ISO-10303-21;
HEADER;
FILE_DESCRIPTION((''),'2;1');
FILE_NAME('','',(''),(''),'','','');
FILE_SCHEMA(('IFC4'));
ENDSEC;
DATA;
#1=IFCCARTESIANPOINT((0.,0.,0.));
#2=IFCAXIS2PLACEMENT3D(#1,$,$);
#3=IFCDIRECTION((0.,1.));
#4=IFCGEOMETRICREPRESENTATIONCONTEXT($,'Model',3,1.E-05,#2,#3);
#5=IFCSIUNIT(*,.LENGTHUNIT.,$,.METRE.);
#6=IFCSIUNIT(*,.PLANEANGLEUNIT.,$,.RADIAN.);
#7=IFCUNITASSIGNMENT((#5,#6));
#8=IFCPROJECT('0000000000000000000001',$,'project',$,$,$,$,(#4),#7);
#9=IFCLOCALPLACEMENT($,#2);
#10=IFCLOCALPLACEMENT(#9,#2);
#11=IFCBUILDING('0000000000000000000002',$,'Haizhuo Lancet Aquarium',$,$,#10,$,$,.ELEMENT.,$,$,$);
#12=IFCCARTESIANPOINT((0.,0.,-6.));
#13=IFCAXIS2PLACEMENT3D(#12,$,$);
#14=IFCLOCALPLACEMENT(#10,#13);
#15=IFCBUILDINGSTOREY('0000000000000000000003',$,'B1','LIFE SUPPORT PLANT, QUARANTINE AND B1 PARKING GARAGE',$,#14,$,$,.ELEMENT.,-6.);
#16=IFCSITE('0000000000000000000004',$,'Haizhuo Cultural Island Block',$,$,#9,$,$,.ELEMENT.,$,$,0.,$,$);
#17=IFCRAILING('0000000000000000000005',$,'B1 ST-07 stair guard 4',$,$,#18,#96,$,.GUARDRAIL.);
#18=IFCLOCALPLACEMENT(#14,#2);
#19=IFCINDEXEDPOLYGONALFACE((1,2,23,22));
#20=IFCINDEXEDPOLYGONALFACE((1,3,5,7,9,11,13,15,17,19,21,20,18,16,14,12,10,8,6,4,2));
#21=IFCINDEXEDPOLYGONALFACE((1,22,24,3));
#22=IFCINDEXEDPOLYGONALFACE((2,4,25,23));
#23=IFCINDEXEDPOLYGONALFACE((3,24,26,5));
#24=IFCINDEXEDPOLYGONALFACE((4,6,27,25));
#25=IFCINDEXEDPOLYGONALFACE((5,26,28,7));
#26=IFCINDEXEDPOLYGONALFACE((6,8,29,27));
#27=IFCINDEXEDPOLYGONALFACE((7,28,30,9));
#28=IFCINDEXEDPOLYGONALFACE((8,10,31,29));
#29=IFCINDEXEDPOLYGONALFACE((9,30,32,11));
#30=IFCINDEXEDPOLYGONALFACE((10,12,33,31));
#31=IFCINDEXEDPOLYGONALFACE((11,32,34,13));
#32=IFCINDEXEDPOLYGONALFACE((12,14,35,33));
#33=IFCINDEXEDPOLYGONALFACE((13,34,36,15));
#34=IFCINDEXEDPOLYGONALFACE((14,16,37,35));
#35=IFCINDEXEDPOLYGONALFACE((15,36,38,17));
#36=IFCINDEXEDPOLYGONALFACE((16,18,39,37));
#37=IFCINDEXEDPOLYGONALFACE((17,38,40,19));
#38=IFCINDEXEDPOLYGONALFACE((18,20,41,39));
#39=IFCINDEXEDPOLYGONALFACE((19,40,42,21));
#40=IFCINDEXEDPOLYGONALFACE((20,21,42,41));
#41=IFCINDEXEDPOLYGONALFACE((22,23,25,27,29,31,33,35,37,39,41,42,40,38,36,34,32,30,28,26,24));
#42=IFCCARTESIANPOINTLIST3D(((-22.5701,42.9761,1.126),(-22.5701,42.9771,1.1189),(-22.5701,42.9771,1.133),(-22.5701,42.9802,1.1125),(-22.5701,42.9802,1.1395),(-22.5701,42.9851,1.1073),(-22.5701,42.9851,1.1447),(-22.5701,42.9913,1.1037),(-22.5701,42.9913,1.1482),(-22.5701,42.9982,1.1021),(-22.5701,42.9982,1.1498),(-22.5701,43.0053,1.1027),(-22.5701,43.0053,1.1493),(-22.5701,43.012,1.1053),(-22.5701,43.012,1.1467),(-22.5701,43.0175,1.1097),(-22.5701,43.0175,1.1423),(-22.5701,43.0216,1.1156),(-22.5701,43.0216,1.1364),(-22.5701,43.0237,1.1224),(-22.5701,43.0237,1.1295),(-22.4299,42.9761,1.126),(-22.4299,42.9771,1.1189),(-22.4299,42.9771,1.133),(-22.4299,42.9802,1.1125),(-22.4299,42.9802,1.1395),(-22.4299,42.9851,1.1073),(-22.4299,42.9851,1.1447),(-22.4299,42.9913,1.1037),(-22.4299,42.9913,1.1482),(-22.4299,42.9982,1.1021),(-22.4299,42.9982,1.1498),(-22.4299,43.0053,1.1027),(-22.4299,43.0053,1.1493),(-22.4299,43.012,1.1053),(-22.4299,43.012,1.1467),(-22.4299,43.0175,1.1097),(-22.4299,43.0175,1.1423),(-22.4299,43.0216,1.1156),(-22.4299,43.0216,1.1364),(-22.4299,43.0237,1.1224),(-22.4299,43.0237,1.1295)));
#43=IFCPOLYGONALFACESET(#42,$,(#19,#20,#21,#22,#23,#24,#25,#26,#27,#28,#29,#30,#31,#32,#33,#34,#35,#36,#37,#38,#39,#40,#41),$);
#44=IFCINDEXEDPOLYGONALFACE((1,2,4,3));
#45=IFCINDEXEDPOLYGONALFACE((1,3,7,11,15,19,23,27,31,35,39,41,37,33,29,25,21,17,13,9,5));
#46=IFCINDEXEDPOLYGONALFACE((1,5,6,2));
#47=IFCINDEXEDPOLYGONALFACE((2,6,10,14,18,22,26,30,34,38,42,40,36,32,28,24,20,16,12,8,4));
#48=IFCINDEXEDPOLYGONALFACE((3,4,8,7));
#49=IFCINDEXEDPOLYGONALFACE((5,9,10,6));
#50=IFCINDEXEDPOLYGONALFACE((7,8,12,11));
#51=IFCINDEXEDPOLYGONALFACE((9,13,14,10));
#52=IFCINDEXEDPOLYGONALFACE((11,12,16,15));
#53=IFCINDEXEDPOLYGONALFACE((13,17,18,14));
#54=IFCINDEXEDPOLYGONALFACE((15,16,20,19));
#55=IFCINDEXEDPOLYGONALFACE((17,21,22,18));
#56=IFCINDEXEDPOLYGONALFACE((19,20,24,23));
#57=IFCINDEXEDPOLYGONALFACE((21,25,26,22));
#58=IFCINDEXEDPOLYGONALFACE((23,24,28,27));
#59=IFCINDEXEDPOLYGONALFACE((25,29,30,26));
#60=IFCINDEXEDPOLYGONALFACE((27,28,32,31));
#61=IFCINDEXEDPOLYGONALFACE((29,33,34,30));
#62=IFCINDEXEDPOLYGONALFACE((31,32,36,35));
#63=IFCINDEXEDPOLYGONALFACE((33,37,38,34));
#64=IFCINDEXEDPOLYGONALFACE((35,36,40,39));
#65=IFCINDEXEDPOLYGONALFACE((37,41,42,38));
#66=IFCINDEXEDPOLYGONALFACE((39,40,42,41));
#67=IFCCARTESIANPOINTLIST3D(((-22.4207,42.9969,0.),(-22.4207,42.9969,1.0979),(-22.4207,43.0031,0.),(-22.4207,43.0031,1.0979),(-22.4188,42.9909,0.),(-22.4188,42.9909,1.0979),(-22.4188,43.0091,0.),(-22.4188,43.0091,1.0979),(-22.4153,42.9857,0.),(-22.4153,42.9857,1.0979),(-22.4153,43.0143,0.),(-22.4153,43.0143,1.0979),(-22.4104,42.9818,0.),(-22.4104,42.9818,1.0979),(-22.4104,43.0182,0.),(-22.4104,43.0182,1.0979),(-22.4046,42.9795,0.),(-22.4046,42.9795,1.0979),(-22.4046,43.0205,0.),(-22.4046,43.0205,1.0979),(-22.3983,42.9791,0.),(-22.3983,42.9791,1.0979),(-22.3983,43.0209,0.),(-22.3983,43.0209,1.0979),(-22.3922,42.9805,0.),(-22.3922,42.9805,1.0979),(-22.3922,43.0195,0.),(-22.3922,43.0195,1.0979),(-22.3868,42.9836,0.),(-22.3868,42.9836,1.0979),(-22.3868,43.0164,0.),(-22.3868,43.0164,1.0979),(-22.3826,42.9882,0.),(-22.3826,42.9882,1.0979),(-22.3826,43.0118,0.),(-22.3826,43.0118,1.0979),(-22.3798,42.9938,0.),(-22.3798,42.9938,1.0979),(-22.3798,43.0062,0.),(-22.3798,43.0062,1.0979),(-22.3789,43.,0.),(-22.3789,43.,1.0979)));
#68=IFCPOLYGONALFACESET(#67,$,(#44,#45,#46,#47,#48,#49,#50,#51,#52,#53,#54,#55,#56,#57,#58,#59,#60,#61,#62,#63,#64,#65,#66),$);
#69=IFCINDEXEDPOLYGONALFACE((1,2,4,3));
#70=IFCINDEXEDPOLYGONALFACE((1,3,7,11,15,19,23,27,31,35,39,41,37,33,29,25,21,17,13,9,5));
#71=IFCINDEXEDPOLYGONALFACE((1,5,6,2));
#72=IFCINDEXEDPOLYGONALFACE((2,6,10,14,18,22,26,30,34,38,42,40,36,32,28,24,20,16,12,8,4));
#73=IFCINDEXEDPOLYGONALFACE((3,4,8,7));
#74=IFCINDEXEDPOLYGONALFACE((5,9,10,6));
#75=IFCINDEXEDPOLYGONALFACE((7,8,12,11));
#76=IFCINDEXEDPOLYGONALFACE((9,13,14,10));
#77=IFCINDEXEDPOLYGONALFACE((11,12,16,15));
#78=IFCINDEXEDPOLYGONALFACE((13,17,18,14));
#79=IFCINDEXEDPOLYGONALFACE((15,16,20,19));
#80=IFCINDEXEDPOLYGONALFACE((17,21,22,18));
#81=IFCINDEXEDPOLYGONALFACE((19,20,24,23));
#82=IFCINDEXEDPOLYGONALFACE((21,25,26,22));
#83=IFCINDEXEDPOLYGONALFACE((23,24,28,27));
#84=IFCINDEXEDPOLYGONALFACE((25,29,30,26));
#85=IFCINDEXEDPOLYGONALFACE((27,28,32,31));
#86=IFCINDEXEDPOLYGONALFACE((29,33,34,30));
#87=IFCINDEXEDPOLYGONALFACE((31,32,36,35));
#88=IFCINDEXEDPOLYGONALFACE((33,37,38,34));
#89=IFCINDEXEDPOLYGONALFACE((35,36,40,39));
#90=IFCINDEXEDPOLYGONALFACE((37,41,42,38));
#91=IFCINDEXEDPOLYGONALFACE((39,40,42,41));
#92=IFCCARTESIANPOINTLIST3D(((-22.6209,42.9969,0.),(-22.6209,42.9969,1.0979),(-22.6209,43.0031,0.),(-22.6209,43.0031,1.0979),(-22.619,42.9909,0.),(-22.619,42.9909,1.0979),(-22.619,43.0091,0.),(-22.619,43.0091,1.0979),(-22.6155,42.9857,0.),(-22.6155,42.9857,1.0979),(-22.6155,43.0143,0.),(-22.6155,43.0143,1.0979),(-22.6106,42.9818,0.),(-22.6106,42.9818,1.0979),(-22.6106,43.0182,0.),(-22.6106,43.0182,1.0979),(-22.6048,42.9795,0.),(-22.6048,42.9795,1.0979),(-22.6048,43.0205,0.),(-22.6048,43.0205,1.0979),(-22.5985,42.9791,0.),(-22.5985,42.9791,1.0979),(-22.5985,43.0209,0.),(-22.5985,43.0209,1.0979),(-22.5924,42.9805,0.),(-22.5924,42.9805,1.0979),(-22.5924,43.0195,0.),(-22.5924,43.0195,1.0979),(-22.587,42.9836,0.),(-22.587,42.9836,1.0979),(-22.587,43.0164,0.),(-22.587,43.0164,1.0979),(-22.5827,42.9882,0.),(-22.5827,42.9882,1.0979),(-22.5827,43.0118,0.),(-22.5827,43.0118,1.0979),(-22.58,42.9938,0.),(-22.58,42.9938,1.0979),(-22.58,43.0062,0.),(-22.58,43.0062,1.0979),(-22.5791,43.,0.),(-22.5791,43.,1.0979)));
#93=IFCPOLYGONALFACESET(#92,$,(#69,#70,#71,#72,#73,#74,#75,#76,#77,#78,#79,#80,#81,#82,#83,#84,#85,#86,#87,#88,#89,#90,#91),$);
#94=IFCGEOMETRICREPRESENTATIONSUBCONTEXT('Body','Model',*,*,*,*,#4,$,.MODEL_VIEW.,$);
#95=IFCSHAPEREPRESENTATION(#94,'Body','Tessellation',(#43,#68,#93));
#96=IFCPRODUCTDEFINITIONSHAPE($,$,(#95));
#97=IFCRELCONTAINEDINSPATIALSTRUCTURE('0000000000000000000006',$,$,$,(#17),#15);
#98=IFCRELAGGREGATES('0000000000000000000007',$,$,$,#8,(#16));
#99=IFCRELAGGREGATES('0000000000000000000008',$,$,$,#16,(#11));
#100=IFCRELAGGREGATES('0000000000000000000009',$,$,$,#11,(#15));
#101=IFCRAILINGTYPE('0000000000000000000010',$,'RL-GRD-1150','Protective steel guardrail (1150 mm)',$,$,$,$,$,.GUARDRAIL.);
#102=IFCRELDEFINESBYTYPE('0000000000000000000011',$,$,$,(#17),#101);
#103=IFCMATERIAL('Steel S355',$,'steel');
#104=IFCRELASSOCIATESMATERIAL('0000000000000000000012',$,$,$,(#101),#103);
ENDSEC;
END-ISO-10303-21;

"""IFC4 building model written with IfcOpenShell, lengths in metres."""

from ifc_helpers import new_model, si_unit, direction, frame, origin, origin_2d, place, context, subcontext, project, spatial, circle, extrude, material, type_object, element, save


model = new_model("IFC4")

# Units and contexts
model_context = context("Model", 3, precision=1e-05, world=origin(), true_north=direction((0.0, 1.0)))
body_context = subcontext(model_context, "Body", "Model", "MODEL_VIEW")
ifc_project = project(units=[si_unit("LENGTHUNIT", "METRE"), si_unit("PLANEANGLEUNIT", "RADIAN")], contexts=[model_context])

# Site, building, storey
site_placement = place(None, origin())
site = spatial("IfcSite", under=ifc_project, at=site_placement, Name="Haizhuo Cultural Island Block", CompositionType="ELEMENT", RefElevation=0.0)
building_placement = place(site_placement, origin())
building = spatial("IfcBuilding", under=site, at=building_placement, Name="Haizhuo Lancet Aquarium", CompositionType="ELEMENT")
storey_placement = place(building_placement, frame((0.0, 0.0, -6.0)))
storey = spatial("IfcBuildingStorey", under=building, at=storey_placement, Name="B1", Description="LIFE SUPPORT PLANT, QUARANTINE AND B1 PARKING GARAGE", CompositionType="ELEMENT", Elevation=-6.0)

# Shared definitions
ifc_material_1 = material(Name="Steel S355", Category="steel")

# Railing
railing_type_1 = type_object("IfcRailingType", Name="RL-GRD-1150", Description="Protective steel guardrail (1150 mm)", PredefinedType="GUARDRAIL", material=ifc_material_1)
railing_1_placement = place(storey_placement, frame((-22.3999, 43.0, 0.0)))
element("IfcRailing", 1, at=railing_1_placement, inside=storey, type_object=railing_type_1, Name="B1 ST-07 stair guard 4", PredefinedType="GUARDRAIL", context=body_context, shape_type="SweptSolid", body=[
    extrude(circle(Radius=0.0239, at=origin_2d()), frame((-0.03, 0.0, 1.126), z_axis=(-1.0, 0.0, 0.0), x_axis=(0.0, -1.0, 0.0)), (0.0, 0.0, 1.0), 0.1401),
    extrude(circle(Radius=0.021, at=origin_2d()), origin(), (0.0, 0.0, 1.0), 1.0979),
    extrude(circle(Radius=0.021, at=origin_2d()), frame((-0.2002, 0.0, 0.0)), (0.0, 0.0, 1.0), 1.0979),
])

save(model, "model.ifc")
